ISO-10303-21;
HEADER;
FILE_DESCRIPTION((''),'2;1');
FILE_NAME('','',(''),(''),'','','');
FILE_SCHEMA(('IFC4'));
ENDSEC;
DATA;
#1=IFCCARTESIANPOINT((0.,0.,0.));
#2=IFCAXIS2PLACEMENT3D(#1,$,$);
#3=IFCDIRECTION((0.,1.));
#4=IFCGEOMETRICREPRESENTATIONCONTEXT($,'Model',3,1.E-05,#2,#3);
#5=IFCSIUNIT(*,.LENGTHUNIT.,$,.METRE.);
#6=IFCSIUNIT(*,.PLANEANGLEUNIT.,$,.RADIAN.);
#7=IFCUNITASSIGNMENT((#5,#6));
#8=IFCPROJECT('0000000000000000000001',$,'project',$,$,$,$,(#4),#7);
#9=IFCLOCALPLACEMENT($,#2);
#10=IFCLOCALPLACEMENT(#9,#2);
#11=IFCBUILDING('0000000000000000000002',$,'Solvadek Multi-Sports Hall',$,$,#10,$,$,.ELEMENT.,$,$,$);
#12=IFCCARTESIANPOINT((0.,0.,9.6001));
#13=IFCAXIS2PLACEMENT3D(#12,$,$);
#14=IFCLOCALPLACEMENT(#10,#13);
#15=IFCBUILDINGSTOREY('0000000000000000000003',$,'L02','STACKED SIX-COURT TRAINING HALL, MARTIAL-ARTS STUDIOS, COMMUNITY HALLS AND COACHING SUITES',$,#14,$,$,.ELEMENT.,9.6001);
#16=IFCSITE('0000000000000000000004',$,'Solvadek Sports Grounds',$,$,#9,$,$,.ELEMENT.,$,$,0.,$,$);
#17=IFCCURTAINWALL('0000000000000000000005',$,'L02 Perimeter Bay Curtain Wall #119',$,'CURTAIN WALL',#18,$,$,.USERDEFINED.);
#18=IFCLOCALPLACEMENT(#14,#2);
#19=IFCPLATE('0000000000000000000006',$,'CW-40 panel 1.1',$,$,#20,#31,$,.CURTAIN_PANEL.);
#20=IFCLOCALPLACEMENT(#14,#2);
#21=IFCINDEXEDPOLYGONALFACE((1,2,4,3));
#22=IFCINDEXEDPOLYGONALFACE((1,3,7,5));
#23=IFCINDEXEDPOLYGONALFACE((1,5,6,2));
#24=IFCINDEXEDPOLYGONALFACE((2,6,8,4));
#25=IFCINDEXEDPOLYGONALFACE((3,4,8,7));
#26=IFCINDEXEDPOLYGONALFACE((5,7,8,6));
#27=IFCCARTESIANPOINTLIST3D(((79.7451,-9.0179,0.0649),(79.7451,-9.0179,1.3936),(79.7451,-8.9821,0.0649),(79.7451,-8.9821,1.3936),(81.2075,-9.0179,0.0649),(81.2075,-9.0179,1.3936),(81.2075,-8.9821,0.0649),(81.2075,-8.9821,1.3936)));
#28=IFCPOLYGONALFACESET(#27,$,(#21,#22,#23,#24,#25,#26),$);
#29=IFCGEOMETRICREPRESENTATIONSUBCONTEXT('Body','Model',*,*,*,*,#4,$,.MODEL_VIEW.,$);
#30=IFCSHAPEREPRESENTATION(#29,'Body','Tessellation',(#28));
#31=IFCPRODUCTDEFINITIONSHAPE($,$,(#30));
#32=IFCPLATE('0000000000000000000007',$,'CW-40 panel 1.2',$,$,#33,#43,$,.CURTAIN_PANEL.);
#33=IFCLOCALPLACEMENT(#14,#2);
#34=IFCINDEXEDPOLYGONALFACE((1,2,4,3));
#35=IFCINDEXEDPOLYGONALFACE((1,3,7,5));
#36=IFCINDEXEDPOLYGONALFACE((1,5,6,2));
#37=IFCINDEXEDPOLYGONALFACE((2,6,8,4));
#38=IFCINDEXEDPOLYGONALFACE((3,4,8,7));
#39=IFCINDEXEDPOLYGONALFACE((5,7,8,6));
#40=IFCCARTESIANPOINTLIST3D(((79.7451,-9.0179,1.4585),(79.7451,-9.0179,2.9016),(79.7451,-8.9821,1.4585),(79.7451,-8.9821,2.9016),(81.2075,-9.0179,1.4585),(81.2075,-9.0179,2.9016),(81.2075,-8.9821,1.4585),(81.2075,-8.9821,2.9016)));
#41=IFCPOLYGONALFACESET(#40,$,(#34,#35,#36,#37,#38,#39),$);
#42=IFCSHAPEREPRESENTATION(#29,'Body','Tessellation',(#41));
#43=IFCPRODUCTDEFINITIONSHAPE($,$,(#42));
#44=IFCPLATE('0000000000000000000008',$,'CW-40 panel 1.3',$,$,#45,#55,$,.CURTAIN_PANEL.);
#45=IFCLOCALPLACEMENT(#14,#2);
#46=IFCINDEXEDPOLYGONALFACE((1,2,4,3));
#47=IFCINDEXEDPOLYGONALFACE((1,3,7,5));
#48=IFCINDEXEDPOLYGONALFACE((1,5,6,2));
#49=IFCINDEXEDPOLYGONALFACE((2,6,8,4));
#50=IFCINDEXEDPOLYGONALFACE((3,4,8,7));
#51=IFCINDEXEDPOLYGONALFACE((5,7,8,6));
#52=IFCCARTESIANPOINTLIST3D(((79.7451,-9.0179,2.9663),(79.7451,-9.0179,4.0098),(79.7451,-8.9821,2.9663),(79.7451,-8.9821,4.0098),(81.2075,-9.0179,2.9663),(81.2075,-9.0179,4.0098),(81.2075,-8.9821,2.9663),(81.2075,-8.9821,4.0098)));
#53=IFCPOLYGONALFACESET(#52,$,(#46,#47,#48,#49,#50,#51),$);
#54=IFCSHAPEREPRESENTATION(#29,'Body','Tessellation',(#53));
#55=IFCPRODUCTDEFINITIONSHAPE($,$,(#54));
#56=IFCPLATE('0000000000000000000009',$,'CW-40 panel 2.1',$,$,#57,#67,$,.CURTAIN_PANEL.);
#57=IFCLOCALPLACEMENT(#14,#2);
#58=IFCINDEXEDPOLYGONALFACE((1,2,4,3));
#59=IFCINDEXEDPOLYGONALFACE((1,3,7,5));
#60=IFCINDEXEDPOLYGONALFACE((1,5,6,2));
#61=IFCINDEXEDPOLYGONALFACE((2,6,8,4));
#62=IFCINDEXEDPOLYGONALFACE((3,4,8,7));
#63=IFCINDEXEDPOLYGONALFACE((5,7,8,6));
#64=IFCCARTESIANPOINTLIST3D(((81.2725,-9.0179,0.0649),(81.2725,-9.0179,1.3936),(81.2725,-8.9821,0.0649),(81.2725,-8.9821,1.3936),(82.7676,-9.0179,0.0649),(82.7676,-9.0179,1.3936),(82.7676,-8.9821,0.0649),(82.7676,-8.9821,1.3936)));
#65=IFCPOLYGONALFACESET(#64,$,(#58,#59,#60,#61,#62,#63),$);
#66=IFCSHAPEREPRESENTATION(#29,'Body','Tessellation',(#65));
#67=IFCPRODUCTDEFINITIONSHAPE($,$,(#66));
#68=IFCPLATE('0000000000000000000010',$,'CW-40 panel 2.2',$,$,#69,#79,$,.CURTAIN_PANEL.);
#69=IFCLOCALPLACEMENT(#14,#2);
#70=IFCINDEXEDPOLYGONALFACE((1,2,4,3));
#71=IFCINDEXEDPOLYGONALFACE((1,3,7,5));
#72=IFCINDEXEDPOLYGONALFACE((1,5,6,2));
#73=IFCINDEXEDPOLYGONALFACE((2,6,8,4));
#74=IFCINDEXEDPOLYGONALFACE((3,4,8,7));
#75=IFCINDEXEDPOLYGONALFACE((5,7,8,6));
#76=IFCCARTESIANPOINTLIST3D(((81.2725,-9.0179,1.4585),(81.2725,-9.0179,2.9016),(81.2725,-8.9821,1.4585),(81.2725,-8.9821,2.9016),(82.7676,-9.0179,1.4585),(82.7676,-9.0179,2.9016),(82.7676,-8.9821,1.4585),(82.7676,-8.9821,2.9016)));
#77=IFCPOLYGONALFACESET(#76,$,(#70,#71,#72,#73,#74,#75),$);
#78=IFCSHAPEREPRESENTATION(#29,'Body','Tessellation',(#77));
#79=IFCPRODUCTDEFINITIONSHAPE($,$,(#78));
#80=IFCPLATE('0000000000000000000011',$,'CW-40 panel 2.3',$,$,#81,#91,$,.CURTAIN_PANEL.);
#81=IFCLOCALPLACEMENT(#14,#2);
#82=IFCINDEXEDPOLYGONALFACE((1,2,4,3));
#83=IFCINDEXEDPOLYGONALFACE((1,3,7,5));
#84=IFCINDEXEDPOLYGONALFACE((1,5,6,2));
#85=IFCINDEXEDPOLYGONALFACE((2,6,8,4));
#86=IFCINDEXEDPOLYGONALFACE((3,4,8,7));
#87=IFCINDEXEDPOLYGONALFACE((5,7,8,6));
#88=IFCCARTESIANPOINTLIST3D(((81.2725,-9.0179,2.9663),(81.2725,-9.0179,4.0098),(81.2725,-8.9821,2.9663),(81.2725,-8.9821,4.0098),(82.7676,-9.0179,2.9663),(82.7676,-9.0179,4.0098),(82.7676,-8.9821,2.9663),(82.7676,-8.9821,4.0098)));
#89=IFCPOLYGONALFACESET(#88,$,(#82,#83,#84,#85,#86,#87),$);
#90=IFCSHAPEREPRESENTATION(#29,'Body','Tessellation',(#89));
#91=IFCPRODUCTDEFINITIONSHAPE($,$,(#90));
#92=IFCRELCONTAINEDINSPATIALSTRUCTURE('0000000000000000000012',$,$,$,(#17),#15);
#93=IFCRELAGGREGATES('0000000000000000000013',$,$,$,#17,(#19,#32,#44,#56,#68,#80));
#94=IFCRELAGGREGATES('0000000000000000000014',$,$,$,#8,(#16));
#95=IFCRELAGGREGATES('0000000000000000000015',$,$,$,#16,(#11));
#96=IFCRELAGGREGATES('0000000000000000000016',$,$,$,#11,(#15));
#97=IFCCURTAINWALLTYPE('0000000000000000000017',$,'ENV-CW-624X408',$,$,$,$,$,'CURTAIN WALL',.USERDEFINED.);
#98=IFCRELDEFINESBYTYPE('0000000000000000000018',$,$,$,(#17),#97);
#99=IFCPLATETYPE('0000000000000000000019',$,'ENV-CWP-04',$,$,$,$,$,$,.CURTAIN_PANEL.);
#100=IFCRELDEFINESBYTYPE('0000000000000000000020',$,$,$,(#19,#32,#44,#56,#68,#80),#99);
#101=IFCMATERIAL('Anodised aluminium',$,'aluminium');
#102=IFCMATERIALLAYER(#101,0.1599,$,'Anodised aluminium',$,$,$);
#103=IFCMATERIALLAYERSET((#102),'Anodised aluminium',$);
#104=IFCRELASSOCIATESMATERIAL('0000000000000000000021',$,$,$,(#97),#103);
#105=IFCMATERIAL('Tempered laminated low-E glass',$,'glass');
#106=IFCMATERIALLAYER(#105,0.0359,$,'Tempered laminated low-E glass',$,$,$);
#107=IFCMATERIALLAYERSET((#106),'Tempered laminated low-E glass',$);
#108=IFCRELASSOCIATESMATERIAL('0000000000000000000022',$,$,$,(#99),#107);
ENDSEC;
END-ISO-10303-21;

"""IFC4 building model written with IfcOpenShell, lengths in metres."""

from ifc_helpers import new_model, si_unit, direction, frame, origin, origin_2d, place, context, subcontext, project, spatial, rectangle, extrude, material, layer, layer_set, type_object, element, aggregate, save


model = new_model("IFC4")

# Units and contexts
model_context = context("Model", 3, precision=1e-05, world=origin(), true_north=direction((0.0, 1.0)))
body_context = subcontext(model_context, "Body", "Model", "MODEL_VIEW")
ifc_project = project(units=[si_unit("LENGTHUNIT", "METRE"), si_unit("PLANEANGLEUNIT", "RADIAN")], contexts=[model_context])

# Site, building, storey
site_placement = place(None, origin())
site = spatial("IfcSite", under=ifc_project, at=site_placement, Name="Solvadek Sports Grounds", CompositionType="ELEMENT", RefElevation=0.0)
building_placement = place(site_placement, origin())
building = spatial("IfcBuilding", under=site, at=building_placement, Name="Solvadek Multi-Sports Hall", CompositionType="ELEMENT")
storey_placement = place(building_placement, frame((0.0, 0.0, 9.6001)))
storey = spatial("IfcBuildingStorey", under=building, at=storey_placement, Name="L02", Description="STACKED SIX-COURT TRAINING HALL, MARTIAL-ARTS STUDIOS, COMMUNITY HALLS AND COACHING SUITES", CompositionType="ELEMENT", Elevation=9.6001)

# Curtain wall
ifc_material_1 = material(Name="Anodised aluminium", Category="aluminium")
ifc_layer_1 = layer(ifc_material_1, 0.1599, Name="Anodised aluminium")
ifc_layer_set_1 = layer_set([ifc_layer_1], Name="Anodised aluminium")
curtain_wall_type = type_object("IfcCurtainWallType", Name="ENV-CW-624X408", ElementType="CURTAIN WALL", PredefinedType="USERDEFINED", material=ifc_layer_set_1)
curtain_wall_1_placement = place(storey_placement, origin())
curtain_wall_1 = element("IfcCurtainWall", 1, at=curtain_wall_1_placement, inside=storey, type_object=curtain_wall_type, Name="L02 Perimeter Bay Curtain Wall #119", ObjectType="CURTAIN WALL", PredefinedType="USERDEFINED")

# Plates
ifc_material_2 = material(Name="Tempered laminated low-E glass", Category="glass")
ifc_layer_2 = layer(ifc_material_2, 0.0359, Name="Tempered laminated low-E glass")
ifc_layer_set_2 = layer_set([ifc_layer_2], Name="Tempered laminated low-E glass")
plate_type = type_object("IfcPlateType", Name="ENV-CWP-04", PredefinedType="CURTAIN_PANEL", material=ifc_layer_set_2)
plate_1_placement = place(storey_placement, frame((80.4763, -9.0, 0.0649), z_axis=(0.0, 0.0, 1.0), x_axis=(1.0, 0.0, 0.0)))
plate_1 = element("IfcPlate", 2, at=plate_1_placement, type_object=plate_type, Name="CW-40 panel 1.1", PredefinedType="CURTAIN_PANEL", context=body_context, shape_type="SweptSolid", body=[
    extrude(rectangle(XDim=1.4624, YDim=0.0359, at=origin_2d()), origin(), (0.0, 0.0, 1.0), 1.3286),
])
plate_2_placement = place(storey_placement, frame((80.4763, -9.0, 1.4585), z_axis=(0.0, 0.0, 1.0), x_axis=(1.0, 0.0, 0.0)))
plate_2 = element("IfcPlate", 3, at=plate_2_placement, type_object=plate_type, Name="CW-40 panel 1.2", PredefinedType="CURTAIN_PANEL", context=body_context, shape_type="SweptSolid", body=[
    extrude(rectangle(XDim=1.4624, YDim=0.0359, at=origin_2d()), origin(), (0.0, 0.0, 1.0), 1.4431),
])
plate_3_placement = place(storey_placement, frame((80.4763, -9.0, 2.9663), z_axis=(0.0, 0.0, 1.0), x_axis=(1.0, 0.0, 0.0)))
plate_3 = element("IfcPlate", 4, at=plate_3_placement, type_object=plate_type, Name="CW-40 panel 1.3", PredefinedType="CURTAIN_PANEL", context=body_context, shape_type="SweptSolid", body=[
    extrude(rectangle(XDim=1.4624, YDim=0.0359, at=origin_2d()), origin(), (0.0, 0.0, 1.0), 1.0435),
])
plate_4_placement = place(storey_placement, frame((82.02, -9.0, 0.0649), z_axis=(0.0, 0.0, 1.0), x_axis=(1.0, 0.0, 0.0)))
plate_4 = element("IfcPlate", 5, at=plate_4_placement, type_object=plate_type, Name="CW-40 panel 2.1", PredefinedType="CURTAIN_PANEL", context=body_context, shape_type="SweptSolid", body=[
    extrude(rectangle(XDim=1.4951, YDim=0.0359, at=origin_2d()), origin(), (0.0, 0.0, 1.0), 1.3286),
])
plate_5_placement = place(storey_placement, frame((82.02, -9.0, 1.4585), z_axis=(0.0, 0.0, 1.0), x_axis=(1.0, 0.0, 0.0)))
plate_5 = element("IfcPlate", 6, at=plate_5_placement, type_object=plate_type, Name="CW-40 panel 2.2", PredefinedType="CURTAIN_PANEL", context=body_context, shape_type="SweptSolid", body=[
    extrude(rectangle(XDim=1.4951, YDim=0.0359, at=origin_2d()), origin(), (0.0, 0.0, 1.0), 1.4431),
])
plate_6_placement = place(storey_placement, frame((82.02, -9.0, 2.9663), z_axis=(0.0, 0.0, 1.0), x_axis=(1.0, 0.0, 0.0)))
plate_6 = element("IfcPlate", 7, at=plate_6_placement, type_object=plate_type, Name="CW-40 panel 2.3", PredefinedType="CURTAIN_PANEL", context=body_context, shape_type="SweptSolid", body=[
    extrude(rectangle(XDim=1.4951, YDim=0.0359, at=origin_2d()), origin(), (0.0, 0.0, 1.0), 1.0435),
])
aggregate(curtain_wall_1, [plate_1, plate_2, plate_3, plate_4, plate_5, plate_6])

save(model, "model.ifc")
